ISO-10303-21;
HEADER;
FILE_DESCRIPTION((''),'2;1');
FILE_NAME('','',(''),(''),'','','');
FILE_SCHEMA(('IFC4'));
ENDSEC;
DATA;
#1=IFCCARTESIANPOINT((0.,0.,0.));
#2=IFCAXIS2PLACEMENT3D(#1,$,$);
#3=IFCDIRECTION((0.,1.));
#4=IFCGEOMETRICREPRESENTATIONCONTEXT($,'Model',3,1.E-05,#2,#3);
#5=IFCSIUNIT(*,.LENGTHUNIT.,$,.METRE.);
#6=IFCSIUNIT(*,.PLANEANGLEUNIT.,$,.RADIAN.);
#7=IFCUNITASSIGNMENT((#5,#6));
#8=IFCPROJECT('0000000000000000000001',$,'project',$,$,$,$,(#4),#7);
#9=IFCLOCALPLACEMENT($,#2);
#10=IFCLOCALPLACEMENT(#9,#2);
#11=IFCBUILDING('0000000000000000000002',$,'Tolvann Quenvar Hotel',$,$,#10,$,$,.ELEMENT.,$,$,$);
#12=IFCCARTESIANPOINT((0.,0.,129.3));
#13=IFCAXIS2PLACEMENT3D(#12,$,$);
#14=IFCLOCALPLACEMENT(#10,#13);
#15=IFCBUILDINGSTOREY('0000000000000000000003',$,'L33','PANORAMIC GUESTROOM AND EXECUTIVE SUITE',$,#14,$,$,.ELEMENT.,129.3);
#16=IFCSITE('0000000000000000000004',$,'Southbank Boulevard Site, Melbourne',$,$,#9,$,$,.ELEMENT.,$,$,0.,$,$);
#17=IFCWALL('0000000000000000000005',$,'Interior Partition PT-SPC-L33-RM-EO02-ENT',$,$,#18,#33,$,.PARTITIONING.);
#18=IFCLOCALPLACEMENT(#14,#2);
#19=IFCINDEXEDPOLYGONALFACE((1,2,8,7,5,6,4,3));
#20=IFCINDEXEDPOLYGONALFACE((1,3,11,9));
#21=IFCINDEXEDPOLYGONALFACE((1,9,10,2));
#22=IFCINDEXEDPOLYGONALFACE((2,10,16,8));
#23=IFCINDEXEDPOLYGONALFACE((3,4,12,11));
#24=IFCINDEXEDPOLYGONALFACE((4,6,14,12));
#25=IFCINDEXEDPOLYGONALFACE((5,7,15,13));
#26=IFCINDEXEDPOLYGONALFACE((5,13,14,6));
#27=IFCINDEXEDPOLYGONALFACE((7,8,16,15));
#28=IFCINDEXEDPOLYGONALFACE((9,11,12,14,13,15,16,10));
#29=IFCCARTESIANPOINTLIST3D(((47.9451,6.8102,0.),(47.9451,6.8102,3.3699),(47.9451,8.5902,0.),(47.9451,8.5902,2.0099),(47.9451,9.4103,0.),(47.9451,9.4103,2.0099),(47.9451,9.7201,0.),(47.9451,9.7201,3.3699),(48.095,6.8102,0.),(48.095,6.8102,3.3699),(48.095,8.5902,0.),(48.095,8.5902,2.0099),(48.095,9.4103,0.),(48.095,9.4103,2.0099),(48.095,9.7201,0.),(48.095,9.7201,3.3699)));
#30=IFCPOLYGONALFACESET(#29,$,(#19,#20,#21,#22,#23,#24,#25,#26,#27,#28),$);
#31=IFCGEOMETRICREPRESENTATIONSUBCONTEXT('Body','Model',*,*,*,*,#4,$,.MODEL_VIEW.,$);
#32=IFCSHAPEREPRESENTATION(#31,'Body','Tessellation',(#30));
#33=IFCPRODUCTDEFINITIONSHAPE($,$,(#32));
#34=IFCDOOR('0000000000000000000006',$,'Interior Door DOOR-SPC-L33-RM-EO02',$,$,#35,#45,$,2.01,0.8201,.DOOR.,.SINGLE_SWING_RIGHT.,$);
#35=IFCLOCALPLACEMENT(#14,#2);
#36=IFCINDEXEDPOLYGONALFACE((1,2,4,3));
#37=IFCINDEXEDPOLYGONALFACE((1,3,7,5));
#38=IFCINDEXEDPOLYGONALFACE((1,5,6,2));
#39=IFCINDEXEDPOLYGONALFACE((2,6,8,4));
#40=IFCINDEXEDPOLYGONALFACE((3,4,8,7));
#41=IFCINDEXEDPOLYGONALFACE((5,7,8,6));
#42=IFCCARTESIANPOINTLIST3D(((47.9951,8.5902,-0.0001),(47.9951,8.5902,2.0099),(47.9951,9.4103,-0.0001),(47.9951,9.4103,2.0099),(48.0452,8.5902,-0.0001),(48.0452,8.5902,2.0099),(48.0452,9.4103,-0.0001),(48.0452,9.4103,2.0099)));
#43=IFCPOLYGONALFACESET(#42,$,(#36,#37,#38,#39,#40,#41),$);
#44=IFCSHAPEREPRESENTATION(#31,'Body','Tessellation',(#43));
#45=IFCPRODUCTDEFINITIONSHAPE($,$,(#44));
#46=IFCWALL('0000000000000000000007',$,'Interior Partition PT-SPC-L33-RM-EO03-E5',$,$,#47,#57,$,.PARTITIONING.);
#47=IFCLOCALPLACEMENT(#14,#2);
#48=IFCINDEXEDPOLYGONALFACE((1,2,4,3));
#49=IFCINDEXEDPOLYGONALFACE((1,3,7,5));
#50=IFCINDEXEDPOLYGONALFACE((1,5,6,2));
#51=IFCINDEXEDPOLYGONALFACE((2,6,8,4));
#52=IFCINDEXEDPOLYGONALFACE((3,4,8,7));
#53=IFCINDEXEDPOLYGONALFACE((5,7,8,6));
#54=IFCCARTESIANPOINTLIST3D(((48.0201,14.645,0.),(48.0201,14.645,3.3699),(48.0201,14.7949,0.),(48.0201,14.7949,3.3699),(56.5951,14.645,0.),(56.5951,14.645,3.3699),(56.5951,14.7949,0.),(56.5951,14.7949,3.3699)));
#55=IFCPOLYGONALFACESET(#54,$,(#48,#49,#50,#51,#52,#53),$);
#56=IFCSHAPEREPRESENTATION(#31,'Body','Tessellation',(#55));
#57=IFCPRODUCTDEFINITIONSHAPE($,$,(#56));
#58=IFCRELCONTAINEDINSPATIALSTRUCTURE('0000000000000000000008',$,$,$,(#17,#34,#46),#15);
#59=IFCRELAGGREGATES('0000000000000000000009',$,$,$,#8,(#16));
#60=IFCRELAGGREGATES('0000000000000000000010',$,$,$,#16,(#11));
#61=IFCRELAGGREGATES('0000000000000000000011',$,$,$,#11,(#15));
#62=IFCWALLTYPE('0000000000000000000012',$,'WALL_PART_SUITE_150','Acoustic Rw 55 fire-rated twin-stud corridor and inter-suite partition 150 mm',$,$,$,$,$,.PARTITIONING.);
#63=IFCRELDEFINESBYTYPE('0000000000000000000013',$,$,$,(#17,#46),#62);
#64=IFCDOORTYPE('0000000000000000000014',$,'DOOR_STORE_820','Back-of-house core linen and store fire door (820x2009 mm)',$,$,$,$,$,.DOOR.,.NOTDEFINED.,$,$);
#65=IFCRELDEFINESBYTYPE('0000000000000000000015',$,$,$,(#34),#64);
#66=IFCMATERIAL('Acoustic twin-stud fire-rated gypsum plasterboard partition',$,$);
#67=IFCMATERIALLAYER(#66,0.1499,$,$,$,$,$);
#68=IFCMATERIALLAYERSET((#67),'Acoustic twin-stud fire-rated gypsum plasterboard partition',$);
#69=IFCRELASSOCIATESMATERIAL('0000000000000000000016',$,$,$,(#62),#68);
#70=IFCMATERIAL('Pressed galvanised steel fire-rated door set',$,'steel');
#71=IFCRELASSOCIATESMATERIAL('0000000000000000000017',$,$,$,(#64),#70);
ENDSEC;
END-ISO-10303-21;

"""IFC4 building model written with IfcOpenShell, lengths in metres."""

from ifc_helpers import new_model, si_unit, direction, frame, frame_2d, origin, place, context, subcontext, project, spatial, rectangle, extrude, source, transform, mapped, material, layer, layer_set, type_object, type_shapes, element, fill, save


model = new_model("IFC4")

# Units and contexts
model_context = context("Model", 3, precision=1e-05, world=origin(), true_north=direction((0.0, 1.0)))
body_context = subcontext(model_context, "Body", "Model", "MODEL_VIEW")
ifc_project = project(units=[si_unit("LENGTHUNIT", "METRE"), si_unit("PLANEANGLEUNIT", "RADIAN")], contexts=[model_context])

# Site, building, storey
site_placement = place(None, origin())
site = spatial("IfcSite", under=ifc_project, at=site_placement, Name="Southbank Boulevard Site, Melbourne", CompositionType="ELEMENT", RefElevation=0.0)
building_placement = place(site_placement, origin())
building = spatial("IfcBuilding", under=site, at=building_placement, Name="Tolvann Quenvar Hotel", CompositionType="ELEMENT")
storey_placement = place(building_placement, frame((0.0, 0.0, 129.3)))
storey = spatial("IfcBuildingStorey", under=building, at=storey_placement, Name="L33", Description="PANORAMIC GUESTROOM AND EXECUTIVE SUITE", CompositionType="ELEMENT", Elevation=129.3)

# Shared definitions
ifc_material_1 = material(Name="Acoustic twin-stud fire-rated gypsum plasterboard partition")
ifc_layer_1 = layer(ifc_material_1, 0.1499)
ifc_layer_set_1 = layer_set([ifc_layer_1], Name="Acoustic twin-stud fire-rated gypsum plasterboard partition")
wall_type_1 = type_object("IfcWallType", Name="WALL_PART_SUITE_150", Description="Acoustic Rw 55 fire-rated twin-stud corridor and inter-suite partition 150 mm", PredefinedType="PARTITIONING", material=ifc_layer_set_1)

# Wall, opening, door
wall_1_placement = place(storey_placement, frame((48.02, 6.8101, 0.0), z_axis=(0.0, 0.0, 1.0), x_axis=(0.0, 1.0, 0.0)))
wall_1 = element("IfcWall", 1, at=wall_1_placement, inside=storey, type_object=wall_type_1, Name="Interior Partition PT-SPC-L33-RM-EO02-ENT", PredefinedType="PARTITIONING", context=body_context, shape_type="SweptSolid", body=[
    extrude(rectangle(XDim=2.9099, YDim=0.1499, at=frame_2d((1.4551, 0.0))), origin(), (0.0, 0.0, 1.0), 3.3699),
])
opening_1_placement = place(wall_1_placement, frame((1.78, 0.0, 0.0)))
opening_1 = element("IfcOpeningElement", 2, at=opening_1_placement, cuts=wall_1, PredefinedType="OPENING", context=body_context, shape_type="SweptSolid", body=[
    extrude(rectangle(XDim=0.8201, YDim=2.01, at=frame_2d((0.4102, 1.0049))), frame((0.0, 0.085, 0.0), z_axis=(0.0, -1.0, 0.0), x_axis=(1.0, 0.0, 0.0)), (0.0, 0.0, 1.0), 0.1699),
])
ifc_material_2 = material(Name="Pressed galvanised steel fire-rated door set", Category="steel")
door_type_1 = type_object("IfcDoorType", Name="DOOR_STORE_820", Description="Back-of-house core linen and store fire door (820x2009 mm)", OperationType="NOTDEFINED", PredefinedType="DOOR", material=ifc_material_2)
shared_shape_1 = source(origin(), body_context, "Body", "SweptSolid", [
    extrude(rectangle(XDim=0.8201, YDim=2.01, at=frame_2d((0.4102, 1.0049))), frame((0.0, 0.0249, 0.0), z_axis=(0.0, -1.0, 0.0), x_axis=(1.0, 0.0, 0.0)), (0.0, 0.0, 1.0), 0.05),
])
type_shapes(door_type_1, [shared_shape_1])
door_1_placement = place(opening_1_placement, origin())
door_1 = element("IfcDoor", 3, at=door_1_placement, inside=storey, type_object=door_type_1, Name="Interior Door DOOR-SPC-L33-RM-EO02", OperationType="SINGLE_SWING_RIGHT", OverallHeight=2.01, OverallWidth=0.8201, PredefinedType="DOOR", context=body_context, shape_type="MappedRepresentation", body=[
    mapped(shared_shape_1, transform((0.0, 0.0, 0.0), x_axis=(1.0, 0.0, 0.0), y_axis=(0.0, 1.0, 0.0), z_axis=(0.0, 0.0, 1.0), scale=1.0)),
])
fill(opening_1, door_1)

# Wall
wall_2_placement = place(storey_placement, frame((48.02, 14.72, 0.0), z_axis=(0.0, 0.0, 1.0), x_axis=(1.0, 0.0, 0.0)))
element("IfcWall", 4, at=wall_2_placement, inside=storey, type_object=wall_type_1, Name="Interior Partition PT-SPC-L33-RM-EO03-E5", PredefinedType="PARTITIONING", context=body_context, shape_type="SweptSolid", body=[
    extrude(rectangle(XDim=8.575, YDim=0.1499, at=frame_2d((4.2876, 0.0))), origin(), (0.0, 0.0, 1.0), 3.3699),
])

save(model, "model.ifc")
